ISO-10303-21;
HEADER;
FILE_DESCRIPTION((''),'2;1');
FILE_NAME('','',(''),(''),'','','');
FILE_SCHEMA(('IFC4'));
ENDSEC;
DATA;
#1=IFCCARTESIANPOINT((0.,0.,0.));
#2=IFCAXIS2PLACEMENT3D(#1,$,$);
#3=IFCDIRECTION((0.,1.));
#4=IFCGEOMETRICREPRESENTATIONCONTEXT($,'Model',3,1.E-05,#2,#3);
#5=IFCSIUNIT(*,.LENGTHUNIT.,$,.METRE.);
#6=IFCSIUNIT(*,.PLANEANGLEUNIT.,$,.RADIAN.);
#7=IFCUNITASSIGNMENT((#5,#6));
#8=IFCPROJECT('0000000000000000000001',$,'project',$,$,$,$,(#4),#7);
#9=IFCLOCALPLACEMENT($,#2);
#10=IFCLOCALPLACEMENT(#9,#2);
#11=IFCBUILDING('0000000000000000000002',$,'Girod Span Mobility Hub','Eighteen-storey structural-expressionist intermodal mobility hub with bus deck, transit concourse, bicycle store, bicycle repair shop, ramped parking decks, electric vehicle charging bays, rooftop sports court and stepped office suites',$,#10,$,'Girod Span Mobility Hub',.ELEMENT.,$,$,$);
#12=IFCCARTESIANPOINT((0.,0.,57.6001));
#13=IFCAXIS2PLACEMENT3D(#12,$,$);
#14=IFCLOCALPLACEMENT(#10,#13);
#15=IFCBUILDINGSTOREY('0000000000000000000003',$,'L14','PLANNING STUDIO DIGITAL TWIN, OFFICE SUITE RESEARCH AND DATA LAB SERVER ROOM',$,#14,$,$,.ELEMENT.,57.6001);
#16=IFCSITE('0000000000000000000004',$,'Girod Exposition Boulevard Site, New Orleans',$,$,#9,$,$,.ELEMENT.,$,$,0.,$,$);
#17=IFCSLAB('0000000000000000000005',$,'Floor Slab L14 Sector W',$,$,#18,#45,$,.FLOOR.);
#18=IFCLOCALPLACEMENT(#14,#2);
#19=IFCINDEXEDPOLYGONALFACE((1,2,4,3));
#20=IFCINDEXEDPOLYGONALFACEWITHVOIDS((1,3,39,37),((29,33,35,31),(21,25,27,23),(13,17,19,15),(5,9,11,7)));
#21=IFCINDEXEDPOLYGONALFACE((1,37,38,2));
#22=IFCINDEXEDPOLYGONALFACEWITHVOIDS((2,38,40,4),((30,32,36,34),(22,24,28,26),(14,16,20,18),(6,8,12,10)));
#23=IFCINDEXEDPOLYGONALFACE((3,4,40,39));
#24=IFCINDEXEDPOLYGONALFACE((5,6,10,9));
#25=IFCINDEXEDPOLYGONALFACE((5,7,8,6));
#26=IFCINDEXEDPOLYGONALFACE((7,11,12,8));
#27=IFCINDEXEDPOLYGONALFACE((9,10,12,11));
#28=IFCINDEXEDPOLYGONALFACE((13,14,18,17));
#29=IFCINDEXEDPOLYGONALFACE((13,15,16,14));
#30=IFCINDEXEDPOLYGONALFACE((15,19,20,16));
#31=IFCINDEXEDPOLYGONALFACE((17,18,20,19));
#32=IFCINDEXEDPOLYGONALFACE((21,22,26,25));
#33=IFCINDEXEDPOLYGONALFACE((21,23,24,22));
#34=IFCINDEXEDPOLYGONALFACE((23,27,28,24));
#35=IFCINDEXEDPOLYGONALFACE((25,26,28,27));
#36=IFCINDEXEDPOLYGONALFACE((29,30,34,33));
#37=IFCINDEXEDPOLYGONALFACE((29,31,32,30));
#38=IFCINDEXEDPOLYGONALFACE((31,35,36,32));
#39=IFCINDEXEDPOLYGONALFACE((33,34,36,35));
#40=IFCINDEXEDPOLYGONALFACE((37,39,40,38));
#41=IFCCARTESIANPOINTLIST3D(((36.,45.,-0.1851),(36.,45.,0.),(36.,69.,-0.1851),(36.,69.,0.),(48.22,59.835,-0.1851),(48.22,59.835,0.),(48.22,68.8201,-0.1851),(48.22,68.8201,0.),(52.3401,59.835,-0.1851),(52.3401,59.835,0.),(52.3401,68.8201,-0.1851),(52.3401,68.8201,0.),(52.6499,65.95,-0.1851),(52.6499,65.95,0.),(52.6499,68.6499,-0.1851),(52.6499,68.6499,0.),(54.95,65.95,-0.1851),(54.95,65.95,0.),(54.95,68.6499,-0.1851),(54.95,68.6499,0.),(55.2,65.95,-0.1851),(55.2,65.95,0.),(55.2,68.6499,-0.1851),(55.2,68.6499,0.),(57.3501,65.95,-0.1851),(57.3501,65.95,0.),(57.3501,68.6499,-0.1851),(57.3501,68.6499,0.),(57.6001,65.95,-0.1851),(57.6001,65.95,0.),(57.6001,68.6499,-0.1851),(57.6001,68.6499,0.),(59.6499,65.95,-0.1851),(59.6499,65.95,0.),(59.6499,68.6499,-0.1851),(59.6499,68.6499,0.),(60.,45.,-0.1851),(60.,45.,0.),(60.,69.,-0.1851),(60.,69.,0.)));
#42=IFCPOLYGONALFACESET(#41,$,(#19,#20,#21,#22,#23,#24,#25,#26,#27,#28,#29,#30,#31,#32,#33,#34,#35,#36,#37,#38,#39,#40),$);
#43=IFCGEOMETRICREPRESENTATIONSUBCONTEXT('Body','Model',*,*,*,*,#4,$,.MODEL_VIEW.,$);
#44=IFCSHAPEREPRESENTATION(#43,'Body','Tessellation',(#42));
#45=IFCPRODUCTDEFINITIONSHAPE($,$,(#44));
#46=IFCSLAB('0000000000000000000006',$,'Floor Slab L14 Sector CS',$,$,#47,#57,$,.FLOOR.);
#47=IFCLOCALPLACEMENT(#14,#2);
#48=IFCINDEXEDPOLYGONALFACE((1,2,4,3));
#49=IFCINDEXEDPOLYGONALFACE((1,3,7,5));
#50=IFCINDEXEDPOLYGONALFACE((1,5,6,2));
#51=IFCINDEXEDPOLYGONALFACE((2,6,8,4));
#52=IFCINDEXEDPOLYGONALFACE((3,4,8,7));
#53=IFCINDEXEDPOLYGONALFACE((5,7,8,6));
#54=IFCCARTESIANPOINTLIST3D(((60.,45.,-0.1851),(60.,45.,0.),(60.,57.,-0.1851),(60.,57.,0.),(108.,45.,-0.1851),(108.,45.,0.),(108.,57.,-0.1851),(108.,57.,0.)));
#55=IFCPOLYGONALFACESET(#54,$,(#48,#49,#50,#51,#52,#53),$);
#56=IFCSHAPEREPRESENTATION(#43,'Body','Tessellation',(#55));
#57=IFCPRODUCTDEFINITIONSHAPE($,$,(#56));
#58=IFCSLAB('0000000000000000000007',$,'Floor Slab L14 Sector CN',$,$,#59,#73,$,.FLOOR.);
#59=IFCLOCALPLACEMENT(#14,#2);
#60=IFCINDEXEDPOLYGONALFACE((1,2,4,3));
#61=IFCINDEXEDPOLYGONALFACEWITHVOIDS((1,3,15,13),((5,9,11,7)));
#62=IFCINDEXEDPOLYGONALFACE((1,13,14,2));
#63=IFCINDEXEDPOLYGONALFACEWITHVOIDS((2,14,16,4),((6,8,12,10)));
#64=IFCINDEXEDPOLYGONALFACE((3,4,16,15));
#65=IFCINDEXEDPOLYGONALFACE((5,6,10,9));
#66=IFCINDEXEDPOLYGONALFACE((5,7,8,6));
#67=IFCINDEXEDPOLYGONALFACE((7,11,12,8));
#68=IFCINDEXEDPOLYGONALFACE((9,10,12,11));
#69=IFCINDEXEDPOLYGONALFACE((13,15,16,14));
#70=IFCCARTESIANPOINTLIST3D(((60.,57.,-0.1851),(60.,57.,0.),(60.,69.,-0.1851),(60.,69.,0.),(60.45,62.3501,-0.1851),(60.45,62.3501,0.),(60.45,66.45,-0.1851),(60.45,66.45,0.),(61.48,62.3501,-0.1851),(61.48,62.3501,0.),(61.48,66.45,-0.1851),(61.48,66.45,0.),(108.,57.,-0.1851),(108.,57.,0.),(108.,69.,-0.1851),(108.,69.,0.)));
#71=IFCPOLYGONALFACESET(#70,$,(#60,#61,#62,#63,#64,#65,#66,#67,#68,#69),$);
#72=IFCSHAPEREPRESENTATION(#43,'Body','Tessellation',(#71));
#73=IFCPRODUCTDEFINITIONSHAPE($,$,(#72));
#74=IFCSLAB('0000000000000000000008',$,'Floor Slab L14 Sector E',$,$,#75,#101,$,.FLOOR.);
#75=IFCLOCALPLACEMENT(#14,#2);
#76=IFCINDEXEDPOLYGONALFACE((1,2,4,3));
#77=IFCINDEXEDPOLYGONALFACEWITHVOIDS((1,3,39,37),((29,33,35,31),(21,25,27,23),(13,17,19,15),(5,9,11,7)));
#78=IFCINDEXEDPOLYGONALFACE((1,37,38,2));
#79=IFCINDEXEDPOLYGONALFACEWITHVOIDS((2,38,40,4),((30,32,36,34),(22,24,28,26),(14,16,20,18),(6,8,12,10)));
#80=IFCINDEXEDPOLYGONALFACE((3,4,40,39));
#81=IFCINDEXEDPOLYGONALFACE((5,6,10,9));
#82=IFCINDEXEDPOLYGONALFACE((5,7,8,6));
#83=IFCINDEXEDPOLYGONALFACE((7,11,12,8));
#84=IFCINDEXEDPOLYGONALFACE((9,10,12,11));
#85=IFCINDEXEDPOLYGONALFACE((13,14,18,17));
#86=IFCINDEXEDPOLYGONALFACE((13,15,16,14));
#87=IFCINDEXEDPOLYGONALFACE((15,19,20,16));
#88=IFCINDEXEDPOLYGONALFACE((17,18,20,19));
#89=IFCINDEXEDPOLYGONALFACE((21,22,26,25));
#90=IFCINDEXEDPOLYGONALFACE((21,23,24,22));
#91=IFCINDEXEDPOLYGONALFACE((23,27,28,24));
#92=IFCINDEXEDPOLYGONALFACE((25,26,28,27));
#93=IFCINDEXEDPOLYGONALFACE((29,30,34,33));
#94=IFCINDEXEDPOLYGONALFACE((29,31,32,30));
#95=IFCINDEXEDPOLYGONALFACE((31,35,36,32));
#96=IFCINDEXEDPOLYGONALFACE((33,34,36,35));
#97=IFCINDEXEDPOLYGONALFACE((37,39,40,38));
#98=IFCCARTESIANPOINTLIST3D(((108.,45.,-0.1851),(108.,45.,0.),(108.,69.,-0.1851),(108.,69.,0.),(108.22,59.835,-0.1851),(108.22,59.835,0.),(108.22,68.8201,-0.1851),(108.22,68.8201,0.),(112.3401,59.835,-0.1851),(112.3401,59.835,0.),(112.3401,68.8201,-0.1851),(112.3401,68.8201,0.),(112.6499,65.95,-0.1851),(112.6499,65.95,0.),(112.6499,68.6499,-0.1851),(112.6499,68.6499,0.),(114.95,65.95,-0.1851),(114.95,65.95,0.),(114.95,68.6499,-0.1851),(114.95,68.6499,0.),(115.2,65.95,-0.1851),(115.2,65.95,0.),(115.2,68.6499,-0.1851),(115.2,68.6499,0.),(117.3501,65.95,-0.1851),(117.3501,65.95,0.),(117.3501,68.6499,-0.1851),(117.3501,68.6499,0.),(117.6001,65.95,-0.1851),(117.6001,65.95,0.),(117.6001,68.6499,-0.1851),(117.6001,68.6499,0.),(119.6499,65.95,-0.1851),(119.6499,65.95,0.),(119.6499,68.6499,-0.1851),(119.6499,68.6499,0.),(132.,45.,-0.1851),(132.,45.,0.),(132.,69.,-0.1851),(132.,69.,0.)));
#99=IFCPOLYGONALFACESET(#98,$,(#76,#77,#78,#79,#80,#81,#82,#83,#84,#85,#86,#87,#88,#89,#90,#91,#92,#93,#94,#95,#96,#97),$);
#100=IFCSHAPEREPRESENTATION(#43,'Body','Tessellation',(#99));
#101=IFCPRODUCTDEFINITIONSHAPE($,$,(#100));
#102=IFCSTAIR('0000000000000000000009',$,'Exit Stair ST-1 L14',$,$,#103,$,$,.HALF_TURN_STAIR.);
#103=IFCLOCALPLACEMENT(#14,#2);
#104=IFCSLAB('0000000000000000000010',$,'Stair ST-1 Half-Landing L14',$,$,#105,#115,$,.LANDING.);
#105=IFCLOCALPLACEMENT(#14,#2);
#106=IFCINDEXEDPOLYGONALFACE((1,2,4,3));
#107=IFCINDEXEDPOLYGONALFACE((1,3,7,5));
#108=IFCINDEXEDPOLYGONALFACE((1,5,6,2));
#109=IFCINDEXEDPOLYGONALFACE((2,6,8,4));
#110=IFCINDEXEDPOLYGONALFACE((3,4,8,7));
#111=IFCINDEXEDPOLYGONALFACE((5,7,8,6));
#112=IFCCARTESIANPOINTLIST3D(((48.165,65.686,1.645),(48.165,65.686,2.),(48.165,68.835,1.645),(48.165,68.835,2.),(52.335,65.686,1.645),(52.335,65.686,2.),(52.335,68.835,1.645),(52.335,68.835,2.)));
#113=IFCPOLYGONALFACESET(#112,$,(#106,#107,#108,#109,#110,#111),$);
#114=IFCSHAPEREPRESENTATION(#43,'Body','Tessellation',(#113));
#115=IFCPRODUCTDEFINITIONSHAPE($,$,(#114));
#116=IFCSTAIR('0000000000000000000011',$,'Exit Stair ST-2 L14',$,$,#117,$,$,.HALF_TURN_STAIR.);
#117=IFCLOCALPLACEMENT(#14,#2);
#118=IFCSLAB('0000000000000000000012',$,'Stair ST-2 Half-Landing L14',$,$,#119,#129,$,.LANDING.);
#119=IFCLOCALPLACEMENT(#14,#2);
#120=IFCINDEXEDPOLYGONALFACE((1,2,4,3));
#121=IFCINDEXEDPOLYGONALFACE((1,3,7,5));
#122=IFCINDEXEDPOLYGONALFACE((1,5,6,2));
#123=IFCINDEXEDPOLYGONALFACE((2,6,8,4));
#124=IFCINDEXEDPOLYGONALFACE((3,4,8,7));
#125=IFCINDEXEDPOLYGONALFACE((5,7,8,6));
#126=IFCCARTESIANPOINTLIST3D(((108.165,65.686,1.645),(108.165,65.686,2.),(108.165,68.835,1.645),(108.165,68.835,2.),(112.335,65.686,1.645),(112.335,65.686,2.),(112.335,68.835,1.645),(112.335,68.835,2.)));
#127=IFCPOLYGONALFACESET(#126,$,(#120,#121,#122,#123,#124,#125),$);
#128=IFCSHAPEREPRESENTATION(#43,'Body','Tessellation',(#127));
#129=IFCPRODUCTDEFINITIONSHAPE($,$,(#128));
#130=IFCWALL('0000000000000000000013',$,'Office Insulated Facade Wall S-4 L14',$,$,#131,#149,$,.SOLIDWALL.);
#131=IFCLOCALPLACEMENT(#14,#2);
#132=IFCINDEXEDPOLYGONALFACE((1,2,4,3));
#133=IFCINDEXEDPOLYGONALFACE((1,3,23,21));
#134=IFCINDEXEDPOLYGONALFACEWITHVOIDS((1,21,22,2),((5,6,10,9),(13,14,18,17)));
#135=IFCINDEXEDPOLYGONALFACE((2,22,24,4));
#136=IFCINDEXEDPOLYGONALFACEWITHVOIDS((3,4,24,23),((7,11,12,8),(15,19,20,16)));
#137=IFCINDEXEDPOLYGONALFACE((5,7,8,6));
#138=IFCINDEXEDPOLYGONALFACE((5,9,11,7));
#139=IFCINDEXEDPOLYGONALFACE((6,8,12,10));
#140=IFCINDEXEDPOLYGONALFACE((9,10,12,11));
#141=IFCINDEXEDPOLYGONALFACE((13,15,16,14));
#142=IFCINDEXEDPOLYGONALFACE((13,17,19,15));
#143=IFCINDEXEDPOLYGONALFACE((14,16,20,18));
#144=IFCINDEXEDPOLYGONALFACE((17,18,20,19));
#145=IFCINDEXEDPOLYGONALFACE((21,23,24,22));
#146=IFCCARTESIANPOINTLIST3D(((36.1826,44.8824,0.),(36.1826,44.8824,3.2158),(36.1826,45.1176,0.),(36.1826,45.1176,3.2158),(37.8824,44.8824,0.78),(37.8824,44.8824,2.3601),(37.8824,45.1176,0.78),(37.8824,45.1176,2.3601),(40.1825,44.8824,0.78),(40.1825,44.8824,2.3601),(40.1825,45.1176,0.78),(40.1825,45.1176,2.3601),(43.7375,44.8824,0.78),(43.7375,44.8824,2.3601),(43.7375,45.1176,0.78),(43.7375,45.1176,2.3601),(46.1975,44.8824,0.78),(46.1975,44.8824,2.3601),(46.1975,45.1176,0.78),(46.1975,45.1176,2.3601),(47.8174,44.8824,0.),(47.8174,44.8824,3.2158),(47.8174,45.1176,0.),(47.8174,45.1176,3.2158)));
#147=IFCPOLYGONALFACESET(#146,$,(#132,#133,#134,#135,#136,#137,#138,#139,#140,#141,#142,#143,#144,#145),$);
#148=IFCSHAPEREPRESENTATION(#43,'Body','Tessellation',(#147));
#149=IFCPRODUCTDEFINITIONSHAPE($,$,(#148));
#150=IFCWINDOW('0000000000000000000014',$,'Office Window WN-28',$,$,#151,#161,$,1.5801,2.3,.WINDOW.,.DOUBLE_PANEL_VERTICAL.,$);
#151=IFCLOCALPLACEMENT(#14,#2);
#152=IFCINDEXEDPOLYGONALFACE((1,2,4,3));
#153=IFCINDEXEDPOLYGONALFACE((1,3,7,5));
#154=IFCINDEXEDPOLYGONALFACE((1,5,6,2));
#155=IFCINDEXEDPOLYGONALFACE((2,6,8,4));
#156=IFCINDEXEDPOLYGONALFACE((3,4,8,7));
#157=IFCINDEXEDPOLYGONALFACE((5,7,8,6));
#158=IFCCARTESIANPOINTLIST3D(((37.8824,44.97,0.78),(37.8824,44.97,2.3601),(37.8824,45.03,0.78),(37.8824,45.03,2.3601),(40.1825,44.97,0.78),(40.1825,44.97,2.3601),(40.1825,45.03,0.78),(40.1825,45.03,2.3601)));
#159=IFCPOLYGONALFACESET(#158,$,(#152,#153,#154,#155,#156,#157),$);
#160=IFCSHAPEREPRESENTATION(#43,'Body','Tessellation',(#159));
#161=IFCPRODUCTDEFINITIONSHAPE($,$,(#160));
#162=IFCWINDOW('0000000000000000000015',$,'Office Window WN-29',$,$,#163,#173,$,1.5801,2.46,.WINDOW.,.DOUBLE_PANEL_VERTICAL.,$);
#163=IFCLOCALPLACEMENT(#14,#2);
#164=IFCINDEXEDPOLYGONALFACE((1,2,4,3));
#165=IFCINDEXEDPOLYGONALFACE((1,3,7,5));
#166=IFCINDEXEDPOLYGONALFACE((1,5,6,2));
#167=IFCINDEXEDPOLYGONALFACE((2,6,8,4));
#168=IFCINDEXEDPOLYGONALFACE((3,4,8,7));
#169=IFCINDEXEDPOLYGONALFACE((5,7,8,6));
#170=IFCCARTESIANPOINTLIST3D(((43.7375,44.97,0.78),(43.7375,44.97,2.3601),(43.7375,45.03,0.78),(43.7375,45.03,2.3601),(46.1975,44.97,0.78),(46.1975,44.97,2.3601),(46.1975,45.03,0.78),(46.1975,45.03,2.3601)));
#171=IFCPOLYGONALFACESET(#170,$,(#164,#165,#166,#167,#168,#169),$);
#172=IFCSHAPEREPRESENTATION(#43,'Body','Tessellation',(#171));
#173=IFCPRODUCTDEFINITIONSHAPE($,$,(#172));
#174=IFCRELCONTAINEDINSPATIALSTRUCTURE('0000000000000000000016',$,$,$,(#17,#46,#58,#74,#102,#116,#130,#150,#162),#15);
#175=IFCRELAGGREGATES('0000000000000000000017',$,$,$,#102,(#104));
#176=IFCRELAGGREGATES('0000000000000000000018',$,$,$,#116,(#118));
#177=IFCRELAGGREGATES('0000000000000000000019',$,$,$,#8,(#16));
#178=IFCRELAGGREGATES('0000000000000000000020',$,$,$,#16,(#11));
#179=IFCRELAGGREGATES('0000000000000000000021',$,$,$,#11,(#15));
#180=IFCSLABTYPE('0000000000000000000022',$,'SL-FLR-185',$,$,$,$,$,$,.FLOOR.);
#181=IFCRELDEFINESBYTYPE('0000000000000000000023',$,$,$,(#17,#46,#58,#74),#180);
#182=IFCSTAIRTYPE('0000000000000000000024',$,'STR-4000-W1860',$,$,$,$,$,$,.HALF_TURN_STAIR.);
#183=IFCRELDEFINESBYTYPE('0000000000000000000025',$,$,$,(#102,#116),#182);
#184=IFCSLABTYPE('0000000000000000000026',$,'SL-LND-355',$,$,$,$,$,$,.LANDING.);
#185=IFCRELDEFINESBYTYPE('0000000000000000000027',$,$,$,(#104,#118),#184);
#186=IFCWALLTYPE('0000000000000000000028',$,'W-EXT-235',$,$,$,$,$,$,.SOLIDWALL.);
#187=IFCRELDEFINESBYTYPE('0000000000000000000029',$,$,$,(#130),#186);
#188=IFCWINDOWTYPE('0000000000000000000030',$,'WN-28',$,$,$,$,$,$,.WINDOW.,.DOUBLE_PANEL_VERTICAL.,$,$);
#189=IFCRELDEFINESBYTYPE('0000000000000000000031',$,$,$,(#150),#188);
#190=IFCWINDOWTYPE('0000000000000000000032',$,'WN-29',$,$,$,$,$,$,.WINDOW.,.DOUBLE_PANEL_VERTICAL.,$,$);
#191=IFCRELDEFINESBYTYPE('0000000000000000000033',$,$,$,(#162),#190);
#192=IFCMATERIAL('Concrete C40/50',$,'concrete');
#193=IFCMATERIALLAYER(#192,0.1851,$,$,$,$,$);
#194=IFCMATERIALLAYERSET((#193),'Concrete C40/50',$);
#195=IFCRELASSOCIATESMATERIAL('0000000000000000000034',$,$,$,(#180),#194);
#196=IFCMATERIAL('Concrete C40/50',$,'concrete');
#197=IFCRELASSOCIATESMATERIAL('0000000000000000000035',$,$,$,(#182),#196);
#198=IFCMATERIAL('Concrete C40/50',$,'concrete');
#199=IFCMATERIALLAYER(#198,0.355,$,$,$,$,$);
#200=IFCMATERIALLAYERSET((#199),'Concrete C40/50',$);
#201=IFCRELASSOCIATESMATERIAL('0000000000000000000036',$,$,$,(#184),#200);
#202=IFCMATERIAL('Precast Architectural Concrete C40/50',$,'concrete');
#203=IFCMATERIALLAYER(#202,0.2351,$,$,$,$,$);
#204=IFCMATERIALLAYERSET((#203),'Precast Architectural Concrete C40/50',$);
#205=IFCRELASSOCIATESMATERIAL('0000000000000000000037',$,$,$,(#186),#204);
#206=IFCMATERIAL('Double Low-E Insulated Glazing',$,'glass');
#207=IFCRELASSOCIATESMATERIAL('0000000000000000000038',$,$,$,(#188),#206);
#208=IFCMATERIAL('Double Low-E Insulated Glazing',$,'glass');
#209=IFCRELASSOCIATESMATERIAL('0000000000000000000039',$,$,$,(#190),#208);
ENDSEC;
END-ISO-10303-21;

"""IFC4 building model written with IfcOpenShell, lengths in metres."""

from ifc_helpers import new_model, si_unit, direction, frame, frame_2d, origin, place, context, subcontext, project, spatial, polyline, rectangle, outline, extrude, material, layer, layer_set, type_object, element, fill, aggregate, save


model = new_model("IFC4")

# Units and contexts
model_context = context("Model", 3, precision=1e-05, world=origin(), true_north=direction((0.0, 1.0)))
body_context = subcontext(model_context, "Body", "Model", "MODEL_VIEW")
ifc_project = project(units=[si_unit("LENGTHUNIT", "METRE"), si_unit("PLANEANGLEUNIT", "RADIAN")], contexts=[model_context])

# Site, building, storey
site_placement = place(None, origin())
site = spatial("IfcSite", under=ifc_project, at=site_placement, Name="Girod Exposition Boulevard Site, New Orleans", CompositionType="ELEMENT", RefElevation=0.0)
building_placement = place(site_placement, origin())
building = spatial("IfcBuilding", under=site, at=building_placement, Name="Girod Span Mobility Hub", Description="Eighteen-storey structural-expressionist intermodal mobility hub with bus deck, transit concourse, bicycle store, bicycle repair shop, ramped parking decks, electric vehicle charging bays, rooftop sports court and stepped office suites", LongName="Girod Span Mobility Hub", CompositionType="ELEMENT")
storey_placement = place(building_placement, frame((0.0, 0.0, 57.6001)))
storey = spatial("IfcBuildingStorey", under=building, at=storey_placement, Name="L14", Description="PLANNING STUDIO DIGITAL TWIN, OFFICE SUITE RESEARCH AND DATA LAB SERVER ROOM", CompositionType="ELEMENT", Elevation=57.6001)

# Slabs
ifc_material_1 = material(Name="Concrete C40/50", Category="concrete")
ifc_layer_1 = layer(ifc_material_1, 0.1851)
ifc_layer_set_1 = layer_set([ifc_layer_1], Name="Concrete C40/50")
slab_type_1 = type_object("IfcSlabType", Name="SL-FLR-185", PredefinedType="FLOOR", material=ifc_layer_set_1)
slab_1_placement = place(storey_placement, frame((0.0, 0.0, -0.1851)))
element("IfcSlab", 1, at=slab_1_placement, inside=storey, type_object=slab_type_1, Name="Floor Slab L14 Sector W", PredefinedType="FLOOR", context=body_context, shape_type="SweptSolid", body=[
    extrude(outline(polyline([(36.0, 69.0), (60.0, 69.0), (60.0, 45.0), (36.0, 45.0), (36.0, 69.0)]), holes=[polyline([(48.22, 59.835), (52.3401, 59.835), (52.3401, 68.8201), (48.22, 68.8201), (48.22, 59.835)]), polyline([(52.6499, 65.95), (54.95, 65.95), (54.95, 68.6499), (52.6499, 68.6499), (52.6499, 65.95)]), polyline([(55.2, 65.95), (57.3501, 65.95), (57.3501, 68.6499), (55.2, 68.6499), (55.2, 65.95)]), polyline([(57.6001, 65.95), (59.6499, 65.95), (59.6499, 68.6499), (57.6001, 68.6499), (57.6001, 65.95)])]), origin(), (0.0, 0.0, 1.0), 0.1851),
])
slab_2_placement = place(storey_placement, frame((0.0, 0.0, -0.1851)))
element("IfcSlab", 2, at=slab_2_placement, inside=storey, type_object=slab_type_1, Name="Floor Slab L14 Sector CS", PredefinedType="FLOOR", context=body_context, shape_type="SweptSolid", body=[
    extrude(outline(polyline([(60.0, 45.0), (60.0, 57.0), (108.0, 57.0), (108.0, 45.0), (60.0, 45.0)])), origin(), (0.0, 0.0, 1.0), 0.1851),
])
slab_3_placement = place(storey_placement, frame((0.0, 0.0, -0.1851)))
element("IfcSlab", 3, at=slab_3_placement, inside=storey, type_object=slab_type_1, Name="Floor Slab L14 Sector CN", PredefinedType="FLOOR", context=body_context, shape_type="SweptSolid", body=[
    extrude(outline(polyline([(108.0, 69.0), (108.0, 57.0), (60.0, 57.0), (60.0, 69.0), (108.0, 69.0)]), holes=[polyline([(60.45, 62.3501), (61.48, 62.3501), (61.48, 66.45), (60.45, 66.45), (60.45, 62.3501)])]), origin(), (0.0, 0.0, 1.0), 0.1851),
])
slab_4_placement = place(storey_placement, frame((0.0, 0.0, -0.1851)))
element("IfcSlab", 4, at=slab_4_placement, inside=storey, type_object=slab_type_1, Name="Floor Slab L14 Sector E", PredefinedType="FLOOR", context=body_context, shape_type="SweptSolid", body=[
    extrude(outline(polyline([(132.0, 69.0), (132.0, 45.0), (108.0, 45.0), (108.0, 69.0), (132.0, 69.0)]), holes=[polyline([(108.22, 59.835), (112.3401, 59.835), (112.3401, 68.8201), (108.22, 68.8201), (108.22, 59.835)]), polyline([(112.6499, 65.95), (114.95, 65.95), (114.95, 68.6499), (112.6499, 68.6499), (112.6499, 65.95)]), polyline([(115.2, 68.6499), (115.2, 65.95), (117.3501, 65.95), (117.3501, 68.6499), (115.2, 68.6499)]), polyline([(117.6001, 68.6499), (117.6001, 65.95), (119.6499, 65.95), (119.6499, 68.6499), (117.6001, 68.6499)])]), origin(), (0.0, 0.0, 1.0), 0.1851),
])

# Stairs, slabs
ifc_material_2 = material(Name="Concrete C40/50", Category="concrete")
stair_type = type_object("IfcStairType", Name="STR-4000-W1860", PredefinedType="HALF_TURN_STAIR", material=ifc_material_2)
stair_1_placement = place(storey_placement, origin())
stair_1 = element("IfcStair", 5, at=stair_1_placement, inside=storey, type_object=stair_type, Name="Exit Stair ST-1 L14", PredefinedType="HALF_TURN_STAIR")
ifc_material_3 = material(Name="Concrete C40/50", Category="concrete")
ifc_layer_2 = layer(ifc_material_3, 0.355)
ifc_layer_set_2 = layer_set([ifc_layer_2], Name="Concrete C40/50")
slab_type_2 = type_object("IfcSlabType", Name="SL-LND-355", PredefinedType="LANDING", material=ifc_layer_set_2)
slab_5_placement = place(storey_placement, frame((0.0, 0.0, 1.645)))
slab_5 = element("IfcSlab", 6, at=slab_5_placement, type_object=slab_type_2, Name="Stair ST-1 Half-Landing L14", PredefinedType="LANDING", context=body_context, shape_type="SweptSolid", body=[
    extrude(outline(polyline([(52.335, 65.686), (52.335, 68.835), (48.165, 68.835), (48.165, 65.686), (52.335, 65.686)])), origin(), (0.0, 0.0, 1.0), 0.355),
])
aggregate(stair_1, [slab_5])
stair_2_placement = place(storey_placement, origin())
stair_2 = element("IfcStair", 7, at=stair_2_placement, inside=storey, type_object=stair_type, Name="Exit Stair ST-2 L14", PredefinedType="HALF_TURN_STAIR")
slab_6_placement = place(storey_placement, frame((0.0, 0.0, 1.645)))
slab_6 = element("IfcSlab", 8, at=slab_6_placement, type_object=slab_type_2, Name="Stair ST-2 Half-Landing L14", PredefinedType="LANDING", context=body_context, shape_type="SweptSolid", body=[
    extrude(outline(polyline([(112.335, 65.686), (112.335, 68.835), (108.165, 68.835), (108.165, 65.686), (112.335, 65.686)])), origin(), (0.0, 0.0, 1.0), 0.355),
])
aggregate(stair_2, [slab_6])

# Wall, openings, windows
ifc_material_4 = material(Name="Precast Architectural Concrete C40/50", Category="concrete")
ifc_layer_3 = layer(ifc_material_4, 0.2351)
ifc_layer_set_3 = layer_set([ifc_layer_3], Name="Precast Architectural Concrete C40/50")
wall_type_1 = type_object("IfcWallType", Name="W-EXT-235", PredefinedType="SOLIDWALL", material=ifc_layer_set_3)
wall_1_placement = place(storey_placement, frame((36.1826, 45.0, 0.0), z_axis=(0.0, 0.0, 1.0), x_axis=(1.0, 0.0, 0.0)))
wall_1 = element("IfcWall", 9, at=wall_1_placement, inside=storey, type_object=wall_type_1, Name="Office Insulated Facade Wall S-4 L14", PredefinedType="SOLIDWALL", context=body_context, shape_type="SweptSolid", body=[
    extrude(rectangle(XDim=11.6348, YDim=0.2351, at=frame_2d((5.8174, 0.0))), origin(), (0.0, 0.0, 1.0), 3.2158),
])
opening_1_placement = place(wall_1_placement, frame((1.7, 0.0, 0.78)))
opening_1 = element("IfcOpeningElement", 10, at=opening_1_placement, cuts=wall_1, PredefinedType="OPENING", context=body_context, shape_type="SweptSolid", body=[
    extrude(rectangle(XDim=2.3, YDim=1.5801, at=frame_2d((1.1499, 0.79))), frame((0.0, 0.1326, 0.0), z_axis=(0.0, -1.0, 0.0), x_axis=(1.0, 0.0, 0.0)), (0.0, 0.0, 1.0), 0.2651),
])
opening_2_placement = place(wall_1_placement, frame((7.5549, 0.0, 0.78)))
opening_2 = element("IfcOpeningElement", 11, at=opening_2_placement, cuts=wall_1, PredefinedType="OPENING", context=body_context, shape_type="SweptSolid", body=[
    extrude(rectangle(XDim=2.46, YDim=1.5801, at=frame_2d((1.23, 0.79))), frame((0.0, 0.1326, 0.0), z_axis=(0.0, -1.0, 0.0), x_axis=(1.0, 0.0, 0.0)), (0.0, 0.0, 1.0), 0.2651),
])
ifc_material_5 = material(Name="Double Low-E Insulated Glazing", Category="glass")
window_type_1 = type_object("IfcWindowType", Name="WN-28", PartitioningType="DOUBLE_PANEL_VERTICAL", PredefinedType="WINDOW", material=ifc_material_5)
window_1_placement = place(opening_1_placement, origin())
window_1 = element("IfcWindow", 12, at=window_1_placement, inside=storey, type_object=window_type_1, Name="Office Window WN-28", OverallHeight=1.5801, OverallWidth=2.3, PartitioningType="DOUBLE_PANEL_VERTICAL", PredefinedType="WINDOW", context=body_context, shape_type="SweptSolid", body=[
    extrude(rectangle(XDim=2.3, YDim=1.5801, at=frame_2d((1.1499, 0.79))), frame((0.0, 0.03, 0.0), z_axis=(0.0, -1.0, 0.0), x_axis=(1.0, 0.0, 0.0)), (0.0, 0.0, 1.0), 0.0601),
])
fill(opening_1, window_1)
ifc_material_6 = material(Name="Double Low-E Insulated Glazing", Category="glass")
window_type_2 = type_object("IfcWindowType", Name="WN-29", PartitioningType="DOUBLE_PANEL_VERTICAL", PredefinedType="WINDOW", material=ifc_material_6)
window_2_placement = place(opening_2_placement, origin())
window_2 = element("IfcWindow", 13, at=window_2_placement, inside=storey, type_object=window_type_2, Name="Office Window WN-29", OverallHeight=1.5801, OverallWidth=2.46, PartitioningType="DOUBLE_PANEL_VERTICAL", PredefinedType="WINDOW", context=body_context, shape_type="SweptSolid", body=[
    extrude(rectangle(XDim=2.46, YDim=1.5801, at=frame_2d((1.23, 0.79))), frame((0.0, 0.03, 0.0), z_axis=(0.0, -1.0, 0.0), x_axis=(1.0, 0.0, 0.0)), (0.0, 0.0, 1.0), 0.0601),
])
fill(opening_2, window_2)

save(model, "model.ifc")
